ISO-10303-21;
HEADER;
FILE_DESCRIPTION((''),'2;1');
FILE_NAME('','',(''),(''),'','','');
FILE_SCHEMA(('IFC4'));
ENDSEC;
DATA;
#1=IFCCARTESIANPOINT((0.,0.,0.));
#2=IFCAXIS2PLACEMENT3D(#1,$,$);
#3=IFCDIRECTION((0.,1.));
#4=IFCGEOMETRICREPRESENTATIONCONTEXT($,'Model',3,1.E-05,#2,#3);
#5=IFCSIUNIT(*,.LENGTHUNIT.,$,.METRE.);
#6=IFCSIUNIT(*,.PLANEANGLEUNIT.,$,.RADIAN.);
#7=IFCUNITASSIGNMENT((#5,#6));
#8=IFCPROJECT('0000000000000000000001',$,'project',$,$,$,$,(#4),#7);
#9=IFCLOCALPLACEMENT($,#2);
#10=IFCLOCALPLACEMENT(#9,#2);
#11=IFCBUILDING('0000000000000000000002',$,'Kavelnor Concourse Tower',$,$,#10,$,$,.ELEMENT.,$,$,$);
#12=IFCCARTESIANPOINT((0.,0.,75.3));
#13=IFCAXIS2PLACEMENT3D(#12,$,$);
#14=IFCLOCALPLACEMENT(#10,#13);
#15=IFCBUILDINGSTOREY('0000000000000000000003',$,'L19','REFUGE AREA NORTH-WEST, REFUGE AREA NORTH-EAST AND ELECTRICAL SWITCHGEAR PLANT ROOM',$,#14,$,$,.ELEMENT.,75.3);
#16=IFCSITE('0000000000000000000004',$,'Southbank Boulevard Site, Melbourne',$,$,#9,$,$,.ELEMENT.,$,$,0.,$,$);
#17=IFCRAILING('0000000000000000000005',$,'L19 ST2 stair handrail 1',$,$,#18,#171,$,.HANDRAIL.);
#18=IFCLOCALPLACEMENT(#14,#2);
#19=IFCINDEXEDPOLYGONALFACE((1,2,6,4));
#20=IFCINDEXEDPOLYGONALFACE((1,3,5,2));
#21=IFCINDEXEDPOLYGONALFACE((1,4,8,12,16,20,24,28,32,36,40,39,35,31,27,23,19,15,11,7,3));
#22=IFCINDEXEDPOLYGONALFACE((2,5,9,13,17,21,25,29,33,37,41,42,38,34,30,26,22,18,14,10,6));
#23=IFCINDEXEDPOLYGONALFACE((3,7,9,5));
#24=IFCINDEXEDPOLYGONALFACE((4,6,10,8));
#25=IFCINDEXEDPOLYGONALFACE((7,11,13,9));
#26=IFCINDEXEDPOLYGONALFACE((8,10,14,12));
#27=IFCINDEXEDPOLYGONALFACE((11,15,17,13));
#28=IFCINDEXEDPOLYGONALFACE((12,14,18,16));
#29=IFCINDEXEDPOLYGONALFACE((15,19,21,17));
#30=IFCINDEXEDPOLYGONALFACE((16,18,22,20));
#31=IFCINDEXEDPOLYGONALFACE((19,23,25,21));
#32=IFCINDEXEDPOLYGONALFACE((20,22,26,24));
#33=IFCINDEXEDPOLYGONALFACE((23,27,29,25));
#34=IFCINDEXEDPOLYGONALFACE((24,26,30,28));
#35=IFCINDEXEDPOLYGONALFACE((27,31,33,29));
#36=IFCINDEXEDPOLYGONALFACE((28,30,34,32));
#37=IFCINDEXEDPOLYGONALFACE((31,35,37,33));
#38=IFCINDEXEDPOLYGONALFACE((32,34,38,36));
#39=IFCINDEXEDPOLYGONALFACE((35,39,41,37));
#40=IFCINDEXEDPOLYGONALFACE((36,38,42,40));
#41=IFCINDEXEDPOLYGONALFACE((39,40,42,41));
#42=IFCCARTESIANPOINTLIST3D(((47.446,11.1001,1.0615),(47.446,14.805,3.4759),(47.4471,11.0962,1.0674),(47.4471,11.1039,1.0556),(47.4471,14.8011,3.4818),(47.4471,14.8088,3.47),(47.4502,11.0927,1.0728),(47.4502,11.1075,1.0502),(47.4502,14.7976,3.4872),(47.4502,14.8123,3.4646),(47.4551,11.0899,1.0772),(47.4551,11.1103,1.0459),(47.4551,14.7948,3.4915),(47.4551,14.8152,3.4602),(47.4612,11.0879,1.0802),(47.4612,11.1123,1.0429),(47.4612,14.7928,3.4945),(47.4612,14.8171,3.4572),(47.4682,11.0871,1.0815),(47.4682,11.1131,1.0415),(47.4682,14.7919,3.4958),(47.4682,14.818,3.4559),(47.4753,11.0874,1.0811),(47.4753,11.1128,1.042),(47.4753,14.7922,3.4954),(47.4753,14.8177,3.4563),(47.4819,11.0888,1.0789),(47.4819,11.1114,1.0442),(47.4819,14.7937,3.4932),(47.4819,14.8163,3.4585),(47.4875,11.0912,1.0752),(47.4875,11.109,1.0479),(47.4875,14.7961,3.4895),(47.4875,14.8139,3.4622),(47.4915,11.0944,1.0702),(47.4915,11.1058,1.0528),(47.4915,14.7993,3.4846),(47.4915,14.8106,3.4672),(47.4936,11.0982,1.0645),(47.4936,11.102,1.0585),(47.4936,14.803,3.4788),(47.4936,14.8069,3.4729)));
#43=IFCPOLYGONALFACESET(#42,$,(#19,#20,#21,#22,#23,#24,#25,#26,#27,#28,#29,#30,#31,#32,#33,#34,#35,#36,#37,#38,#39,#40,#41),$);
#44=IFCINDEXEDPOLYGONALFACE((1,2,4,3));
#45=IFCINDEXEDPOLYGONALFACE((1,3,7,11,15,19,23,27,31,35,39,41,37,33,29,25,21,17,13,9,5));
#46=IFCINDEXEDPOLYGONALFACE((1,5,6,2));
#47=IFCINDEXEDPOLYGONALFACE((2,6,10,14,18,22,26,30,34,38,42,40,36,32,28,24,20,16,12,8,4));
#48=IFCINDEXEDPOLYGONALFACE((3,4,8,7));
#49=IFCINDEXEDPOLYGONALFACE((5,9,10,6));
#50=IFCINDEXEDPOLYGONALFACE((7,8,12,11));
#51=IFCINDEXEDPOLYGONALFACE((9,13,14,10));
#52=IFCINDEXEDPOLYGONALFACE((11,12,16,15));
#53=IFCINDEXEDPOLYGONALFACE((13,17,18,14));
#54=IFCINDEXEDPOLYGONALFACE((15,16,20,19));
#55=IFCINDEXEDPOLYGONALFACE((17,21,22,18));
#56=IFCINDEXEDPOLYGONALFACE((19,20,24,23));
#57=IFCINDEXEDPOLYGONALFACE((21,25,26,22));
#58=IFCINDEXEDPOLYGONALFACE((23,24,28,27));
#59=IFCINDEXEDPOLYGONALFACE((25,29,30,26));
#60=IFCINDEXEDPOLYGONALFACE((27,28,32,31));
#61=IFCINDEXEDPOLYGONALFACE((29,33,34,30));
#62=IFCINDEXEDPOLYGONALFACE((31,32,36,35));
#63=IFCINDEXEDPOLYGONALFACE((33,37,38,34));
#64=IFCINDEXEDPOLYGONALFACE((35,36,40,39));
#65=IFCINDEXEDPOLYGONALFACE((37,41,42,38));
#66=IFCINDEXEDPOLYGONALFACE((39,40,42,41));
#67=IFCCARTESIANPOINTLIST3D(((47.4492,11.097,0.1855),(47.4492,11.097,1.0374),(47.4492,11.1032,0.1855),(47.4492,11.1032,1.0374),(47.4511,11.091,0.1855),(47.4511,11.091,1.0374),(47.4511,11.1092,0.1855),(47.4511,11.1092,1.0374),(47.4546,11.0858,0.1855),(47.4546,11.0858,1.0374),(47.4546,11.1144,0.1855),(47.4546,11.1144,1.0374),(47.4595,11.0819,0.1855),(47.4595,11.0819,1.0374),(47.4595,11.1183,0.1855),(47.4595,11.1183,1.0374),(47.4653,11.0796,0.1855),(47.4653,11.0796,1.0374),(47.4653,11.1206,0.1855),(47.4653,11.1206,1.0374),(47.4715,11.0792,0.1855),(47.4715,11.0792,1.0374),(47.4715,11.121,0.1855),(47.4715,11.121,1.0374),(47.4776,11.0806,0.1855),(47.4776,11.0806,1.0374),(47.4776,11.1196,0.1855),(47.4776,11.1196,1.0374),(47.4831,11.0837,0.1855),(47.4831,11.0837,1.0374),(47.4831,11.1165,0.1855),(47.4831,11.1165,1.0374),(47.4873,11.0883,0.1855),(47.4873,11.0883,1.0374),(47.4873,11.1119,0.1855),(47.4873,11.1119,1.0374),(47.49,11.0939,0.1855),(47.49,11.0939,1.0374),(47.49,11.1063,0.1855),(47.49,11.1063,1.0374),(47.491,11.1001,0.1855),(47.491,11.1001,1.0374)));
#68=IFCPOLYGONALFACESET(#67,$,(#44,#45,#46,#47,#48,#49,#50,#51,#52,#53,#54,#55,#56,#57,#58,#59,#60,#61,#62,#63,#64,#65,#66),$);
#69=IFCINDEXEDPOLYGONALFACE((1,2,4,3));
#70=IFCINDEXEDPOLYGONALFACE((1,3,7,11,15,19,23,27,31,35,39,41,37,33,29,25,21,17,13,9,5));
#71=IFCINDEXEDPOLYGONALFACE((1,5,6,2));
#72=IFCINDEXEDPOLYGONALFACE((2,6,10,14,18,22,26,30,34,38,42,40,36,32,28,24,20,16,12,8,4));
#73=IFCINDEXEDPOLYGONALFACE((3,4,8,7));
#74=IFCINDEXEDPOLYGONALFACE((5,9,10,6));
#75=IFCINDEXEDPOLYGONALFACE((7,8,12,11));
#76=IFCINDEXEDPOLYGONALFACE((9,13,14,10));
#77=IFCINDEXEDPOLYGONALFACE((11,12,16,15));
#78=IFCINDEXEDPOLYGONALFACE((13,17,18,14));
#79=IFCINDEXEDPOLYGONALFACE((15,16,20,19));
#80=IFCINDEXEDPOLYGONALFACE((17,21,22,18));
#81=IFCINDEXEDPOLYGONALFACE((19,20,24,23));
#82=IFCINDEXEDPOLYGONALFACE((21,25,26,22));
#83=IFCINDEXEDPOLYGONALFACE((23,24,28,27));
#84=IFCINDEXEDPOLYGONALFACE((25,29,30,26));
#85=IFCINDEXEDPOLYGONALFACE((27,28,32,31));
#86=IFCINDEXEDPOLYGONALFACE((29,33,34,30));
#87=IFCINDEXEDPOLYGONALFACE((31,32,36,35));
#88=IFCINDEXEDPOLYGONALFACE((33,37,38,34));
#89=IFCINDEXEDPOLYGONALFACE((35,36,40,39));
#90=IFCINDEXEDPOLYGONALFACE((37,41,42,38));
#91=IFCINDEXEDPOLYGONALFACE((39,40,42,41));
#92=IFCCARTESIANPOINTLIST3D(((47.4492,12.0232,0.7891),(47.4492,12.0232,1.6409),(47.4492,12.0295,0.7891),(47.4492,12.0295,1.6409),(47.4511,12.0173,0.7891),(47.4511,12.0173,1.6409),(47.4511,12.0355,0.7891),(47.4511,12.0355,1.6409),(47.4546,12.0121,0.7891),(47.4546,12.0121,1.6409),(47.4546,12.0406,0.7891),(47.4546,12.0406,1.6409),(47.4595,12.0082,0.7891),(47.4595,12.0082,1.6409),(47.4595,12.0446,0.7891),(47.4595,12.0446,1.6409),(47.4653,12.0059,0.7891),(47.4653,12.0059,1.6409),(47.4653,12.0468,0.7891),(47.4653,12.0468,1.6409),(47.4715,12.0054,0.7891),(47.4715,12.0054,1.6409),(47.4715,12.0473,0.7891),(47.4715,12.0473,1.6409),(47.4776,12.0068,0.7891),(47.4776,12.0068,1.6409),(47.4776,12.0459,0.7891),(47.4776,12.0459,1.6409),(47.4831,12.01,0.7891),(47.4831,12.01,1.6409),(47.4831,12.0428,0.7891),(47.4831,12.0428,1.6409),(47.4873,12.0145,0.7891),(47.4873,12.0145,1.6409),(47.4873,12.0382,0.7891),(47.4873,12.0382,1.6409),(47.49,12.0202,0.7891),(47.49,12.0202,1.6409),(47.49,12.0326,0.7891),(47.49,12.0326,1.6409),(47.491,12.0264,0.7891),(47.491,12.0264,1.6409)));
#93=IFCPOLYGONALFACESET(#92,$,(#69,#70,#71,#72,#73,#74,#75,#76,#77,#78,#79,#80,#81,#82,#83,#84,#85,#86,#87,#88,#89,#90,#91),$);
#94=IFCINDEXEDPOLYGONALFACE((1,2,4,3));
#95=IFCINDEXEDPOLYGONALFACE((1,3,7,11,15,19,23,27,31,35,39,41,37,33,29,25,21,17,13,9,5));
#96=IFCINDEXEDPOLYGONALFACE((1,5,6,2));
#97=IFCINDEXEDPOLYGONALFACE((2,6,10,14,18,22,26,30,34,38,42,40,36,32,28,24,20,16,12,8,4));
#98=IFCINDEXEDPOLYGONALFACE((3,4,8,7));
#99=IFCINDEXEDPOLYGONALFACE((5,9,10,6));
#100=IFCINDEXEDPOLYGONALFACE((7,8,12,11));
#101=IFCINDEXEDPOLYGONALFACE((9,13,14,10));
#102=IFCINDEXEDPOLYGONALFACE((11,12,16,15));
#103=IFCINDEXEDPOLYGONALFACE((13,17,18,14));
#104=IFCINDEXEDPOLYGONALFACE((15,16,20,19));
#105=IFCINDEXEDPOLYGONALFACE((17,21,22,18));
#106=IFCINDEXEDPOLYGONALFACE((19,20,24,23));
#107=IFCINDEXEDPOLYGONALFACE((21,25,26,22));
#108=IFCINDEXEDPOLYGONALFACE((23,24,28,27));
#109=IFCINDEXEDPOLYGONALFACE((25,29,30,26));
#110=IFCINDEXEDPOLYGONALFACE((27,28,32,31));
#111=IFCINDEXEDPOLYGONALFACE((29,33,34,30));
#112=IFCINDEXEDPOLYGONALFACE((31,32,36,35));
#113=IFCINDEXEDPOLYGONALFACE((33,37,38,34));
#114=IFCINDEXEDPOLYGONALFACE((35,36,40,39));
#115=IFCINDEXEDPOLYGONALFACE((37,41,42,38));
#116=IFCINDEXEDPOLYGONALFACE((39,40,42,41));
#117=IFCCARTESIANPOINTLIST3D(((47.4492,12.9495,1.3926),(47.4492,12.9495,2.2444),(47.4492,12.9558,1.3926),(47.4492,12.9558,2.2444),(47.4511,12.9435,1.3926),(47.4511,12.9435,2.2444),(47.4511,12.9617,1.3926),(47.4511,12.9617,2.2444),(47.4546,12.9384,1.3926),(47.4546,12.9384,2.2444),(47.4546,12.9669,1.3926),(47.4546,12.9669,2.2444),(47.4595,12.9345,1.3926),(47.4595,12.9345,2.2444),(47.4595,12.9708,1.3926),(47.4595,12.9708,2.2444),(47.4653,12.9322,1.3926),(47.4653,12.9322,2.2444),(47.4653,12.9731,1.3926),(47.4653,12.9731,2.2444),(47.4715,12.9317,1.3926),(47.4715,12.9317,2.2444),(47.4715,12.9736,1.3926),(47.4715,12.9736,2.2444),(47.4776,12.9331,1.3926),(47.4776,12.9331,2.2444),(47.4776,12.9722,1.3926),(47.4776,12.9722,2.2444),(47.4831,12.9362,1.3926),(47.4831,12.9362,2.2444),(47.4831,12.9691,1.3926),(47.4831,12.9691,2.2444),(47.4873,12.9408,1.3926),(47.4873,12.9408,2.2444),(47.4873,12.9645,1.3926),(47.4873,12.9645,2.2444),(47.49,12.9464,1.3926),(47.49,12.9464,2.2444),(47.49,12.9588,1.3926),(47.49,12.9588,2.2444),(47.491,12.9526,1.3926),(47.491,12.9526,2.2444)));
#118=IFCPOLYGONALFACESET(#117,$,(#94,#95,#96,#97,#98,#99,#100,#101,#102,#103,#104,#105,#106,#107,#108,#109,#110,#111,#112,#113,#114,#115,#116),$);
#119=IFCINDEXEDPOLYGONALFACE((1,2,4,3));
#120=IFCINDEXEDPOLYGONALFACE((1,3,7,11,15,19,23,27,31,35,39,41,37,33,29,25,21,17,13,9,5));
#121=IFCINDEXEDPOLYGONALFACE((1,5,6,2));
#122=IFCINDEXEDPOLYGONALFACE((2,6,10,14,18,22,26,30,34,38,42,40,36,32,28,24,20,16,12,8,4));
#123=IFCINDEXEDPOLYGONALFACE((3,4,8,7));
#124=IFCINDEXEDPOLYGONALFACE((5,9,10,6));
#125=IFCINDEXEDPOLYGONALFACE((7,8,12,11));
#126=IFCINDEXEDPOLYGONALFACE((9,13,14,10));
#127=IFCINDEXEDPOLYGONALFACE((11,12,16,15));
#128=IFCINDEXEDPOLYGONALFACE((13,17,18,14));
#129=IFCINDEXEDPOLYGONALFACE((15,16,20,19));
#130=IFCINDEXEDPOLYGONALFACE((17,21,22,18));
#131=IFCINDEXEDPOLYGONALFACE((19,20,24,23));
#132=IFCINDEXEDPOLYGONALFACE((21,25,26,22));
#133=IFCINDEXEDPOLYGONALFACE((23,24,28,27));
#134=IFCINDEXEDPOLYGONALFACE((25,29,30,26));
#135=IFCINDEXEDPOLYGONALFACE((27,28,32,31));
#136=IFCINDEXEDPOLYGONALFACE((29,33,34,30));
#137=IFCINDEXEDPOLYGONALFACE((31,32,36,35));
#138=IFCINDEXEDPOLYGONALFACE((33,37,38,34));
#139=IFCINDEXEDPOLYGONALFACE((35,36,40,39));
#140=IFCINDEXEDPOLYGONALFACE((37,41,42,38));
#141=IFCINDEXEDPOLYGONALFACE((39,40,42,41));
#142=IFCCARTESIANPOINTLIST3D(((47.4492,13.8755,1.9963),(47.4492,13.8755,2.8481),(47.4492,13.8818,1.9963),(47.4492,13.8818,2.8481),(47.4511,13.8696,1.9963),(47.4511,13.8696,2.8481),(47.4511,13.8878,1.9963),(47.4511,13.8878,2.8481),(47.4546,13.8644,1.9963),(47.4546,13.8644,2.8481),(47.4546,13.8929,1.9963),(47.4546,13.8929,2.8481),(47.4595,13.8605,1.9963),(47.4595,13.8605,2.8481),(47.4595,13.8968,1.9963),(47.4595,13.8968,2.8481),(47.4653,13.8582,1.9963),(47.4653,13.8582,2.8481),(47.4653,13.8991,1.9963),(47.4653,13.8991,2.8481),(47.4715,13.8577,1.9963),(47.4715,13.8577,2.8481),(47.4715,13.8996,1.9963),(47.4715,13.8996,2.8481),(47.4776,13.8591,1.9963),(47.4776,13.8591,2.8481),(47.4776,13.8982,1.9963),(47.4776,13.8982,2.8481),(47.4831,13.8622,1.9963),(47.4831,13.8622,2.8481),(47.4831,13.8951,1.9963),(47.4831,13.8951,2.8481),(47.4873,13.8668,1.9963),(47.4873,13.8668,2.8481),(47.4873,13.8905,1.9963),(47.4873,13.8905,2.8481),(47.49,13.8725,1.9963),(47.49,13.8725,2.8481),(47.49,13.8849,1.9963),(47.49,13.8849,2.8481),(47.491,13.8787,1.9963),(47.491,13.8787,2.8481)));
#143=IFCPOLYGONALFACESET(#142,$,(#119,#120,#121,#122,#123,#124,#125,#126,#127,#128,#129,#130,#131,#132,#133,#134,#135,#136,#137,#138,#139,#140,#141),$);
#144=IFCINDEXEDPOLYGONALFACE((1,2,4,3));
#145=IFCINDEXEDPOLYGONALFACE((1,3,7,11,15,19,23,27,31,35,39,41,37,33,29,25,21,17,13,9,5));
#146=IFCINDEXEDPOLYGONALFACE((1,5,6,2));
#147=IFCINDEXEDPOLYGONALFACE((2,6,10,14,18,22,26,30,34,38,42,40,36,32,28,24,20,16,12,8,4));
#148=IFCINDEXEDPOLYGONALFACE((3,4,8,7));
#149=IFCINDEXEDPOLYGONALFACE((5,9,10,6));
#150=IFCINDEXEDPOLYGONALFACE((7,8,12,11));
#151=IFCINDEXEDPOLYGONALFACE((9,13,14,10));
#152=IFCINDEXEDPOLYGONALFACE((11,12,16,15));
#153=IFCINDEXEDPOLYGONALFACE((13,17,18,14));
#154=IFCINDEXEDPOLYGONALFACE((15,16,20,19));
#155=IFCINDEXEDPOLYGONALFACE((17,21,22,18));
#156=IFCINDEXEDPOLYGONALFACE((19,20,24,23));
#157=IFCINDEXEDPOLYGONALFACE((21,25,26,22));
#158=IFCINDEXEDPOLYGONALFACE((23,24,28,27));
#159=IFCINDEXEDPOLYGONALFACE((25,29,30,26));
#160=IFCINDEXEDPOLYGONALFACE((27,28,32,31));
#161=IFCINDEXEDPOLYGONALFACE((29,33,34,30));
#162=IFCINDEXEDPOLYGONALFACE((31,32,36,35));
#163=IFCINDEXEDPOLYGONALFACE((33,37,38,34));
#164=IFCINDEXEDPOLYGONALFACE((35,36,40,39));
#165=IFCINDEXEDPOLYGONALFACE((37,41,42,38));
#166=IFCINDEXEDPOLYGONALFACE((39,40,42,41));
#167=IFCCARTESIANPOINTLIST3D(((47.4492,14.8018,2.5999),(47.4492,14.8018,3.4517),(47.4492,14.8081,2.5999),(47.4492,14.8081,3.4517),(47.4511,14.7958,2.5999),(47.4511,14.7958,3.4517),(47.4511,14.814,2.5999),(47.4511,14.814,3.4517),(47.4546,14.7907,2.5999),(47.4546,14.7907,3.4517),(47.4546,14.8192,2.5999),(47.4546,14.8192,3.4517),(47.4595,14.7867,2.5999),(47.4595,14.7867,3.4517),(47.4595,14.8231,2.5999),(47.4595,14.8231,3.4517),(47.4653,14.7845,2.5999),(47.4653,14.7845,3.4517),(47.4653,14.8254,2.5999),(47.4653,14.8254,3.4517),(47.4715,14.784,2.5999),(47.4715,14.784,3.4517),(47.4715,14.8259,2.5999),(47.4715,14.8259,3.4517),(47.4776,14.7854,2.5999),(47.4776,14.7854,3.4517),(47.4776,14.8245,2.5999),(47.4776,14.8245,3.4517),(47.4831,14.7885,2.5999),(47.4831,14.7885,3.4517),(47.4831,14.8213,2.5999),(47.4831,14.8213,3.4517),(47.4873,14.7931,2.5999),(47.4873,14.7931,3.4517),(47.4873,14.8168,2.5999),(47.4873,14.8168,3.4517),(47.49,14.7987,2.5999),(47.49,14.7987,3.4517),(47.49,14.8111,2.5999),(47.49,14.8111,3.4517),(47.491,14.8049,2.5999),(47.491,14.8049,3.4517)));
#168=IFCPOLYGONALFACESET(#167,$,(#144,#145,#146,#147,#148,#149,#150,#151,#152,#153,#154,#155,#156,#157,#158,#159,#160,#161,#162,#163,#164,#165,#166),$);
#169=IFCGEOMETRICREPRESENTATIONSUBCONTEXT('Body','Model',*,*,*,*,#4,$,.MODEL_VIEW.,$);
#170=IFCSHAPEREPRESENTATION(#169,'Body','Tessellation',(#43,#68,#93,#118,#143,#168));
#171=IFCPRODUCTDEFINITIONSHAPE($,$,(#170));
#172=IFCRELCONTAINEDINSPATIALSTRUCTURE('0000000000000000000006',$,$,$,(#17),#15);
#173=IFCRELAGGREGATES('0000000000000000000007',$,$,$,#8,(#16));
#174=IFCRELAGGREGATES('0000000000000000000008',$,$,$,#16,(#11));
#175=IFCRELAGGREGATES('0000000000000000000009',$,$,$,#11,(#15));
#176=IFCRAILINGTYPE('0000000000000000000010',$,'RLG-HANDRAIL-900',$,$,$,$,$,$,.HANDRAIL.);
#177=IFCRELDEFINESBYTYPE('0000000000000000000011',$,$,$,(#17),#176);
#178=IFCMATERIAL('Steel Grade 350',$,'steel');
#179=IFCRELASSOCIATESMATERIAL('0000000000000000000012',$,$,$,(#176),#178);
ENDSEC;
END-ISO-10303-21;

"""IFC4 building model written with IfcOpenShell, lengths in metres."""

from ifc_helpers import new_model, si_unit, direction, frame, origin, origin_2d, place, context, subcontext, project, spatial, circle, extrude, material, type_object, element, save


model = new_model("IFC4")

# Units and contexts
model_context = context("Model", 3, precision=1e-05, world=origin(), true_north=direction((0.0, 1.0)))
body_context = subcontext(model_context, "Body", "Model", "MODEL_VIEW")
ifc_project = project(units=[si_unit("LENGTHUNIT", "METRE"), si_unit("PLANEANGLEUNIT", "RADIAN")], contexts=[model_context])

# Site, building, storey
site_placement = place(None, origin())
site = spatial("IfcSite", under=ifc_project, at=site_placement, Name="Southbank Boulevard Site, Melbourne", CompositionType="ELEMENT", RefElevation=0.0)
building_placement = place(site_placement, origin())
building = spatial("IfcBuilding", under=site, at=building_placement, Name="Kavelnor Concourse Tower", CompositionType="ELEMENT")
storey_placement = place(building_placement, frame((0.0, 0.0, 75.3)))
storey = spatial("IfcBuildingStorey", under=building, at=storey_placement, Name="L19", Description="REFUGE AREA NORTH-WEST, REFUGE AREA NORTH-EAST AND ELECTRICAL SWITCHGEAR PLANT ROOM", CompositionType="ELEMENT", Elevation=75.3)

# Shared definitions
ifc_material_1 = material(Name="Steel Grade 350", Category="steel")

# Railing
railing_type_1 = type_object("IfcRailingType", Name="RLG-HANDRAIL-900", PredefinedType="HANDRAIL", material=ifc_material_1)
railing_1_placement = place(storey_placement, frame((47.47, 11.1001, 0.1855)))
element("IfcRailing", 1, at=railing_1_placement, inside=storey, type_object=railing_type_1, Name="L19 ST2 stair handrail 1", PredefinedType="HANDRAIL", context=body_context, shape_type="SweptSolid", body=[
    extrude(circle(Radius=0.0239, at=origin_2d()), frame((0.0, 0.0, 0.876), z_axis=(0.0, 0.837806, 0.545968), x_axis=(-1.0, 0.0, 0.0)), (0.0, 0.0, 1.0), 4.4221),
    extrude(circle(Radius=0.021, at=origin_2d()), origin(), (0.0, 0.0, 1.0), 0.8518),
    extrude(circle(Radius=0.021, at=origin_2d()), frame((0.0, 0.9263, 0.6035)), (0.0, 0.0, 1.0), 0.8518),
    extrude(circle(Radius=0.021, at=origin_2d()), frame((0.0, 1.8525, 1.207)), (0.0, 0.0, 1.0), 0.8518),
    extrude(circle(Radius=0.021, at=origin_2d()), frame((0.0, 2.7786, 1.8108)), (0.0, 0.0, 1.0), 0.8518),
    extrude(circle(Radius=0.021, at=origin_2d()), frame((0.0, 3.7048, 2.4143)), (0.0, 0.0, 1.0), 0.8518),
])

save(model, "model.ifc")
